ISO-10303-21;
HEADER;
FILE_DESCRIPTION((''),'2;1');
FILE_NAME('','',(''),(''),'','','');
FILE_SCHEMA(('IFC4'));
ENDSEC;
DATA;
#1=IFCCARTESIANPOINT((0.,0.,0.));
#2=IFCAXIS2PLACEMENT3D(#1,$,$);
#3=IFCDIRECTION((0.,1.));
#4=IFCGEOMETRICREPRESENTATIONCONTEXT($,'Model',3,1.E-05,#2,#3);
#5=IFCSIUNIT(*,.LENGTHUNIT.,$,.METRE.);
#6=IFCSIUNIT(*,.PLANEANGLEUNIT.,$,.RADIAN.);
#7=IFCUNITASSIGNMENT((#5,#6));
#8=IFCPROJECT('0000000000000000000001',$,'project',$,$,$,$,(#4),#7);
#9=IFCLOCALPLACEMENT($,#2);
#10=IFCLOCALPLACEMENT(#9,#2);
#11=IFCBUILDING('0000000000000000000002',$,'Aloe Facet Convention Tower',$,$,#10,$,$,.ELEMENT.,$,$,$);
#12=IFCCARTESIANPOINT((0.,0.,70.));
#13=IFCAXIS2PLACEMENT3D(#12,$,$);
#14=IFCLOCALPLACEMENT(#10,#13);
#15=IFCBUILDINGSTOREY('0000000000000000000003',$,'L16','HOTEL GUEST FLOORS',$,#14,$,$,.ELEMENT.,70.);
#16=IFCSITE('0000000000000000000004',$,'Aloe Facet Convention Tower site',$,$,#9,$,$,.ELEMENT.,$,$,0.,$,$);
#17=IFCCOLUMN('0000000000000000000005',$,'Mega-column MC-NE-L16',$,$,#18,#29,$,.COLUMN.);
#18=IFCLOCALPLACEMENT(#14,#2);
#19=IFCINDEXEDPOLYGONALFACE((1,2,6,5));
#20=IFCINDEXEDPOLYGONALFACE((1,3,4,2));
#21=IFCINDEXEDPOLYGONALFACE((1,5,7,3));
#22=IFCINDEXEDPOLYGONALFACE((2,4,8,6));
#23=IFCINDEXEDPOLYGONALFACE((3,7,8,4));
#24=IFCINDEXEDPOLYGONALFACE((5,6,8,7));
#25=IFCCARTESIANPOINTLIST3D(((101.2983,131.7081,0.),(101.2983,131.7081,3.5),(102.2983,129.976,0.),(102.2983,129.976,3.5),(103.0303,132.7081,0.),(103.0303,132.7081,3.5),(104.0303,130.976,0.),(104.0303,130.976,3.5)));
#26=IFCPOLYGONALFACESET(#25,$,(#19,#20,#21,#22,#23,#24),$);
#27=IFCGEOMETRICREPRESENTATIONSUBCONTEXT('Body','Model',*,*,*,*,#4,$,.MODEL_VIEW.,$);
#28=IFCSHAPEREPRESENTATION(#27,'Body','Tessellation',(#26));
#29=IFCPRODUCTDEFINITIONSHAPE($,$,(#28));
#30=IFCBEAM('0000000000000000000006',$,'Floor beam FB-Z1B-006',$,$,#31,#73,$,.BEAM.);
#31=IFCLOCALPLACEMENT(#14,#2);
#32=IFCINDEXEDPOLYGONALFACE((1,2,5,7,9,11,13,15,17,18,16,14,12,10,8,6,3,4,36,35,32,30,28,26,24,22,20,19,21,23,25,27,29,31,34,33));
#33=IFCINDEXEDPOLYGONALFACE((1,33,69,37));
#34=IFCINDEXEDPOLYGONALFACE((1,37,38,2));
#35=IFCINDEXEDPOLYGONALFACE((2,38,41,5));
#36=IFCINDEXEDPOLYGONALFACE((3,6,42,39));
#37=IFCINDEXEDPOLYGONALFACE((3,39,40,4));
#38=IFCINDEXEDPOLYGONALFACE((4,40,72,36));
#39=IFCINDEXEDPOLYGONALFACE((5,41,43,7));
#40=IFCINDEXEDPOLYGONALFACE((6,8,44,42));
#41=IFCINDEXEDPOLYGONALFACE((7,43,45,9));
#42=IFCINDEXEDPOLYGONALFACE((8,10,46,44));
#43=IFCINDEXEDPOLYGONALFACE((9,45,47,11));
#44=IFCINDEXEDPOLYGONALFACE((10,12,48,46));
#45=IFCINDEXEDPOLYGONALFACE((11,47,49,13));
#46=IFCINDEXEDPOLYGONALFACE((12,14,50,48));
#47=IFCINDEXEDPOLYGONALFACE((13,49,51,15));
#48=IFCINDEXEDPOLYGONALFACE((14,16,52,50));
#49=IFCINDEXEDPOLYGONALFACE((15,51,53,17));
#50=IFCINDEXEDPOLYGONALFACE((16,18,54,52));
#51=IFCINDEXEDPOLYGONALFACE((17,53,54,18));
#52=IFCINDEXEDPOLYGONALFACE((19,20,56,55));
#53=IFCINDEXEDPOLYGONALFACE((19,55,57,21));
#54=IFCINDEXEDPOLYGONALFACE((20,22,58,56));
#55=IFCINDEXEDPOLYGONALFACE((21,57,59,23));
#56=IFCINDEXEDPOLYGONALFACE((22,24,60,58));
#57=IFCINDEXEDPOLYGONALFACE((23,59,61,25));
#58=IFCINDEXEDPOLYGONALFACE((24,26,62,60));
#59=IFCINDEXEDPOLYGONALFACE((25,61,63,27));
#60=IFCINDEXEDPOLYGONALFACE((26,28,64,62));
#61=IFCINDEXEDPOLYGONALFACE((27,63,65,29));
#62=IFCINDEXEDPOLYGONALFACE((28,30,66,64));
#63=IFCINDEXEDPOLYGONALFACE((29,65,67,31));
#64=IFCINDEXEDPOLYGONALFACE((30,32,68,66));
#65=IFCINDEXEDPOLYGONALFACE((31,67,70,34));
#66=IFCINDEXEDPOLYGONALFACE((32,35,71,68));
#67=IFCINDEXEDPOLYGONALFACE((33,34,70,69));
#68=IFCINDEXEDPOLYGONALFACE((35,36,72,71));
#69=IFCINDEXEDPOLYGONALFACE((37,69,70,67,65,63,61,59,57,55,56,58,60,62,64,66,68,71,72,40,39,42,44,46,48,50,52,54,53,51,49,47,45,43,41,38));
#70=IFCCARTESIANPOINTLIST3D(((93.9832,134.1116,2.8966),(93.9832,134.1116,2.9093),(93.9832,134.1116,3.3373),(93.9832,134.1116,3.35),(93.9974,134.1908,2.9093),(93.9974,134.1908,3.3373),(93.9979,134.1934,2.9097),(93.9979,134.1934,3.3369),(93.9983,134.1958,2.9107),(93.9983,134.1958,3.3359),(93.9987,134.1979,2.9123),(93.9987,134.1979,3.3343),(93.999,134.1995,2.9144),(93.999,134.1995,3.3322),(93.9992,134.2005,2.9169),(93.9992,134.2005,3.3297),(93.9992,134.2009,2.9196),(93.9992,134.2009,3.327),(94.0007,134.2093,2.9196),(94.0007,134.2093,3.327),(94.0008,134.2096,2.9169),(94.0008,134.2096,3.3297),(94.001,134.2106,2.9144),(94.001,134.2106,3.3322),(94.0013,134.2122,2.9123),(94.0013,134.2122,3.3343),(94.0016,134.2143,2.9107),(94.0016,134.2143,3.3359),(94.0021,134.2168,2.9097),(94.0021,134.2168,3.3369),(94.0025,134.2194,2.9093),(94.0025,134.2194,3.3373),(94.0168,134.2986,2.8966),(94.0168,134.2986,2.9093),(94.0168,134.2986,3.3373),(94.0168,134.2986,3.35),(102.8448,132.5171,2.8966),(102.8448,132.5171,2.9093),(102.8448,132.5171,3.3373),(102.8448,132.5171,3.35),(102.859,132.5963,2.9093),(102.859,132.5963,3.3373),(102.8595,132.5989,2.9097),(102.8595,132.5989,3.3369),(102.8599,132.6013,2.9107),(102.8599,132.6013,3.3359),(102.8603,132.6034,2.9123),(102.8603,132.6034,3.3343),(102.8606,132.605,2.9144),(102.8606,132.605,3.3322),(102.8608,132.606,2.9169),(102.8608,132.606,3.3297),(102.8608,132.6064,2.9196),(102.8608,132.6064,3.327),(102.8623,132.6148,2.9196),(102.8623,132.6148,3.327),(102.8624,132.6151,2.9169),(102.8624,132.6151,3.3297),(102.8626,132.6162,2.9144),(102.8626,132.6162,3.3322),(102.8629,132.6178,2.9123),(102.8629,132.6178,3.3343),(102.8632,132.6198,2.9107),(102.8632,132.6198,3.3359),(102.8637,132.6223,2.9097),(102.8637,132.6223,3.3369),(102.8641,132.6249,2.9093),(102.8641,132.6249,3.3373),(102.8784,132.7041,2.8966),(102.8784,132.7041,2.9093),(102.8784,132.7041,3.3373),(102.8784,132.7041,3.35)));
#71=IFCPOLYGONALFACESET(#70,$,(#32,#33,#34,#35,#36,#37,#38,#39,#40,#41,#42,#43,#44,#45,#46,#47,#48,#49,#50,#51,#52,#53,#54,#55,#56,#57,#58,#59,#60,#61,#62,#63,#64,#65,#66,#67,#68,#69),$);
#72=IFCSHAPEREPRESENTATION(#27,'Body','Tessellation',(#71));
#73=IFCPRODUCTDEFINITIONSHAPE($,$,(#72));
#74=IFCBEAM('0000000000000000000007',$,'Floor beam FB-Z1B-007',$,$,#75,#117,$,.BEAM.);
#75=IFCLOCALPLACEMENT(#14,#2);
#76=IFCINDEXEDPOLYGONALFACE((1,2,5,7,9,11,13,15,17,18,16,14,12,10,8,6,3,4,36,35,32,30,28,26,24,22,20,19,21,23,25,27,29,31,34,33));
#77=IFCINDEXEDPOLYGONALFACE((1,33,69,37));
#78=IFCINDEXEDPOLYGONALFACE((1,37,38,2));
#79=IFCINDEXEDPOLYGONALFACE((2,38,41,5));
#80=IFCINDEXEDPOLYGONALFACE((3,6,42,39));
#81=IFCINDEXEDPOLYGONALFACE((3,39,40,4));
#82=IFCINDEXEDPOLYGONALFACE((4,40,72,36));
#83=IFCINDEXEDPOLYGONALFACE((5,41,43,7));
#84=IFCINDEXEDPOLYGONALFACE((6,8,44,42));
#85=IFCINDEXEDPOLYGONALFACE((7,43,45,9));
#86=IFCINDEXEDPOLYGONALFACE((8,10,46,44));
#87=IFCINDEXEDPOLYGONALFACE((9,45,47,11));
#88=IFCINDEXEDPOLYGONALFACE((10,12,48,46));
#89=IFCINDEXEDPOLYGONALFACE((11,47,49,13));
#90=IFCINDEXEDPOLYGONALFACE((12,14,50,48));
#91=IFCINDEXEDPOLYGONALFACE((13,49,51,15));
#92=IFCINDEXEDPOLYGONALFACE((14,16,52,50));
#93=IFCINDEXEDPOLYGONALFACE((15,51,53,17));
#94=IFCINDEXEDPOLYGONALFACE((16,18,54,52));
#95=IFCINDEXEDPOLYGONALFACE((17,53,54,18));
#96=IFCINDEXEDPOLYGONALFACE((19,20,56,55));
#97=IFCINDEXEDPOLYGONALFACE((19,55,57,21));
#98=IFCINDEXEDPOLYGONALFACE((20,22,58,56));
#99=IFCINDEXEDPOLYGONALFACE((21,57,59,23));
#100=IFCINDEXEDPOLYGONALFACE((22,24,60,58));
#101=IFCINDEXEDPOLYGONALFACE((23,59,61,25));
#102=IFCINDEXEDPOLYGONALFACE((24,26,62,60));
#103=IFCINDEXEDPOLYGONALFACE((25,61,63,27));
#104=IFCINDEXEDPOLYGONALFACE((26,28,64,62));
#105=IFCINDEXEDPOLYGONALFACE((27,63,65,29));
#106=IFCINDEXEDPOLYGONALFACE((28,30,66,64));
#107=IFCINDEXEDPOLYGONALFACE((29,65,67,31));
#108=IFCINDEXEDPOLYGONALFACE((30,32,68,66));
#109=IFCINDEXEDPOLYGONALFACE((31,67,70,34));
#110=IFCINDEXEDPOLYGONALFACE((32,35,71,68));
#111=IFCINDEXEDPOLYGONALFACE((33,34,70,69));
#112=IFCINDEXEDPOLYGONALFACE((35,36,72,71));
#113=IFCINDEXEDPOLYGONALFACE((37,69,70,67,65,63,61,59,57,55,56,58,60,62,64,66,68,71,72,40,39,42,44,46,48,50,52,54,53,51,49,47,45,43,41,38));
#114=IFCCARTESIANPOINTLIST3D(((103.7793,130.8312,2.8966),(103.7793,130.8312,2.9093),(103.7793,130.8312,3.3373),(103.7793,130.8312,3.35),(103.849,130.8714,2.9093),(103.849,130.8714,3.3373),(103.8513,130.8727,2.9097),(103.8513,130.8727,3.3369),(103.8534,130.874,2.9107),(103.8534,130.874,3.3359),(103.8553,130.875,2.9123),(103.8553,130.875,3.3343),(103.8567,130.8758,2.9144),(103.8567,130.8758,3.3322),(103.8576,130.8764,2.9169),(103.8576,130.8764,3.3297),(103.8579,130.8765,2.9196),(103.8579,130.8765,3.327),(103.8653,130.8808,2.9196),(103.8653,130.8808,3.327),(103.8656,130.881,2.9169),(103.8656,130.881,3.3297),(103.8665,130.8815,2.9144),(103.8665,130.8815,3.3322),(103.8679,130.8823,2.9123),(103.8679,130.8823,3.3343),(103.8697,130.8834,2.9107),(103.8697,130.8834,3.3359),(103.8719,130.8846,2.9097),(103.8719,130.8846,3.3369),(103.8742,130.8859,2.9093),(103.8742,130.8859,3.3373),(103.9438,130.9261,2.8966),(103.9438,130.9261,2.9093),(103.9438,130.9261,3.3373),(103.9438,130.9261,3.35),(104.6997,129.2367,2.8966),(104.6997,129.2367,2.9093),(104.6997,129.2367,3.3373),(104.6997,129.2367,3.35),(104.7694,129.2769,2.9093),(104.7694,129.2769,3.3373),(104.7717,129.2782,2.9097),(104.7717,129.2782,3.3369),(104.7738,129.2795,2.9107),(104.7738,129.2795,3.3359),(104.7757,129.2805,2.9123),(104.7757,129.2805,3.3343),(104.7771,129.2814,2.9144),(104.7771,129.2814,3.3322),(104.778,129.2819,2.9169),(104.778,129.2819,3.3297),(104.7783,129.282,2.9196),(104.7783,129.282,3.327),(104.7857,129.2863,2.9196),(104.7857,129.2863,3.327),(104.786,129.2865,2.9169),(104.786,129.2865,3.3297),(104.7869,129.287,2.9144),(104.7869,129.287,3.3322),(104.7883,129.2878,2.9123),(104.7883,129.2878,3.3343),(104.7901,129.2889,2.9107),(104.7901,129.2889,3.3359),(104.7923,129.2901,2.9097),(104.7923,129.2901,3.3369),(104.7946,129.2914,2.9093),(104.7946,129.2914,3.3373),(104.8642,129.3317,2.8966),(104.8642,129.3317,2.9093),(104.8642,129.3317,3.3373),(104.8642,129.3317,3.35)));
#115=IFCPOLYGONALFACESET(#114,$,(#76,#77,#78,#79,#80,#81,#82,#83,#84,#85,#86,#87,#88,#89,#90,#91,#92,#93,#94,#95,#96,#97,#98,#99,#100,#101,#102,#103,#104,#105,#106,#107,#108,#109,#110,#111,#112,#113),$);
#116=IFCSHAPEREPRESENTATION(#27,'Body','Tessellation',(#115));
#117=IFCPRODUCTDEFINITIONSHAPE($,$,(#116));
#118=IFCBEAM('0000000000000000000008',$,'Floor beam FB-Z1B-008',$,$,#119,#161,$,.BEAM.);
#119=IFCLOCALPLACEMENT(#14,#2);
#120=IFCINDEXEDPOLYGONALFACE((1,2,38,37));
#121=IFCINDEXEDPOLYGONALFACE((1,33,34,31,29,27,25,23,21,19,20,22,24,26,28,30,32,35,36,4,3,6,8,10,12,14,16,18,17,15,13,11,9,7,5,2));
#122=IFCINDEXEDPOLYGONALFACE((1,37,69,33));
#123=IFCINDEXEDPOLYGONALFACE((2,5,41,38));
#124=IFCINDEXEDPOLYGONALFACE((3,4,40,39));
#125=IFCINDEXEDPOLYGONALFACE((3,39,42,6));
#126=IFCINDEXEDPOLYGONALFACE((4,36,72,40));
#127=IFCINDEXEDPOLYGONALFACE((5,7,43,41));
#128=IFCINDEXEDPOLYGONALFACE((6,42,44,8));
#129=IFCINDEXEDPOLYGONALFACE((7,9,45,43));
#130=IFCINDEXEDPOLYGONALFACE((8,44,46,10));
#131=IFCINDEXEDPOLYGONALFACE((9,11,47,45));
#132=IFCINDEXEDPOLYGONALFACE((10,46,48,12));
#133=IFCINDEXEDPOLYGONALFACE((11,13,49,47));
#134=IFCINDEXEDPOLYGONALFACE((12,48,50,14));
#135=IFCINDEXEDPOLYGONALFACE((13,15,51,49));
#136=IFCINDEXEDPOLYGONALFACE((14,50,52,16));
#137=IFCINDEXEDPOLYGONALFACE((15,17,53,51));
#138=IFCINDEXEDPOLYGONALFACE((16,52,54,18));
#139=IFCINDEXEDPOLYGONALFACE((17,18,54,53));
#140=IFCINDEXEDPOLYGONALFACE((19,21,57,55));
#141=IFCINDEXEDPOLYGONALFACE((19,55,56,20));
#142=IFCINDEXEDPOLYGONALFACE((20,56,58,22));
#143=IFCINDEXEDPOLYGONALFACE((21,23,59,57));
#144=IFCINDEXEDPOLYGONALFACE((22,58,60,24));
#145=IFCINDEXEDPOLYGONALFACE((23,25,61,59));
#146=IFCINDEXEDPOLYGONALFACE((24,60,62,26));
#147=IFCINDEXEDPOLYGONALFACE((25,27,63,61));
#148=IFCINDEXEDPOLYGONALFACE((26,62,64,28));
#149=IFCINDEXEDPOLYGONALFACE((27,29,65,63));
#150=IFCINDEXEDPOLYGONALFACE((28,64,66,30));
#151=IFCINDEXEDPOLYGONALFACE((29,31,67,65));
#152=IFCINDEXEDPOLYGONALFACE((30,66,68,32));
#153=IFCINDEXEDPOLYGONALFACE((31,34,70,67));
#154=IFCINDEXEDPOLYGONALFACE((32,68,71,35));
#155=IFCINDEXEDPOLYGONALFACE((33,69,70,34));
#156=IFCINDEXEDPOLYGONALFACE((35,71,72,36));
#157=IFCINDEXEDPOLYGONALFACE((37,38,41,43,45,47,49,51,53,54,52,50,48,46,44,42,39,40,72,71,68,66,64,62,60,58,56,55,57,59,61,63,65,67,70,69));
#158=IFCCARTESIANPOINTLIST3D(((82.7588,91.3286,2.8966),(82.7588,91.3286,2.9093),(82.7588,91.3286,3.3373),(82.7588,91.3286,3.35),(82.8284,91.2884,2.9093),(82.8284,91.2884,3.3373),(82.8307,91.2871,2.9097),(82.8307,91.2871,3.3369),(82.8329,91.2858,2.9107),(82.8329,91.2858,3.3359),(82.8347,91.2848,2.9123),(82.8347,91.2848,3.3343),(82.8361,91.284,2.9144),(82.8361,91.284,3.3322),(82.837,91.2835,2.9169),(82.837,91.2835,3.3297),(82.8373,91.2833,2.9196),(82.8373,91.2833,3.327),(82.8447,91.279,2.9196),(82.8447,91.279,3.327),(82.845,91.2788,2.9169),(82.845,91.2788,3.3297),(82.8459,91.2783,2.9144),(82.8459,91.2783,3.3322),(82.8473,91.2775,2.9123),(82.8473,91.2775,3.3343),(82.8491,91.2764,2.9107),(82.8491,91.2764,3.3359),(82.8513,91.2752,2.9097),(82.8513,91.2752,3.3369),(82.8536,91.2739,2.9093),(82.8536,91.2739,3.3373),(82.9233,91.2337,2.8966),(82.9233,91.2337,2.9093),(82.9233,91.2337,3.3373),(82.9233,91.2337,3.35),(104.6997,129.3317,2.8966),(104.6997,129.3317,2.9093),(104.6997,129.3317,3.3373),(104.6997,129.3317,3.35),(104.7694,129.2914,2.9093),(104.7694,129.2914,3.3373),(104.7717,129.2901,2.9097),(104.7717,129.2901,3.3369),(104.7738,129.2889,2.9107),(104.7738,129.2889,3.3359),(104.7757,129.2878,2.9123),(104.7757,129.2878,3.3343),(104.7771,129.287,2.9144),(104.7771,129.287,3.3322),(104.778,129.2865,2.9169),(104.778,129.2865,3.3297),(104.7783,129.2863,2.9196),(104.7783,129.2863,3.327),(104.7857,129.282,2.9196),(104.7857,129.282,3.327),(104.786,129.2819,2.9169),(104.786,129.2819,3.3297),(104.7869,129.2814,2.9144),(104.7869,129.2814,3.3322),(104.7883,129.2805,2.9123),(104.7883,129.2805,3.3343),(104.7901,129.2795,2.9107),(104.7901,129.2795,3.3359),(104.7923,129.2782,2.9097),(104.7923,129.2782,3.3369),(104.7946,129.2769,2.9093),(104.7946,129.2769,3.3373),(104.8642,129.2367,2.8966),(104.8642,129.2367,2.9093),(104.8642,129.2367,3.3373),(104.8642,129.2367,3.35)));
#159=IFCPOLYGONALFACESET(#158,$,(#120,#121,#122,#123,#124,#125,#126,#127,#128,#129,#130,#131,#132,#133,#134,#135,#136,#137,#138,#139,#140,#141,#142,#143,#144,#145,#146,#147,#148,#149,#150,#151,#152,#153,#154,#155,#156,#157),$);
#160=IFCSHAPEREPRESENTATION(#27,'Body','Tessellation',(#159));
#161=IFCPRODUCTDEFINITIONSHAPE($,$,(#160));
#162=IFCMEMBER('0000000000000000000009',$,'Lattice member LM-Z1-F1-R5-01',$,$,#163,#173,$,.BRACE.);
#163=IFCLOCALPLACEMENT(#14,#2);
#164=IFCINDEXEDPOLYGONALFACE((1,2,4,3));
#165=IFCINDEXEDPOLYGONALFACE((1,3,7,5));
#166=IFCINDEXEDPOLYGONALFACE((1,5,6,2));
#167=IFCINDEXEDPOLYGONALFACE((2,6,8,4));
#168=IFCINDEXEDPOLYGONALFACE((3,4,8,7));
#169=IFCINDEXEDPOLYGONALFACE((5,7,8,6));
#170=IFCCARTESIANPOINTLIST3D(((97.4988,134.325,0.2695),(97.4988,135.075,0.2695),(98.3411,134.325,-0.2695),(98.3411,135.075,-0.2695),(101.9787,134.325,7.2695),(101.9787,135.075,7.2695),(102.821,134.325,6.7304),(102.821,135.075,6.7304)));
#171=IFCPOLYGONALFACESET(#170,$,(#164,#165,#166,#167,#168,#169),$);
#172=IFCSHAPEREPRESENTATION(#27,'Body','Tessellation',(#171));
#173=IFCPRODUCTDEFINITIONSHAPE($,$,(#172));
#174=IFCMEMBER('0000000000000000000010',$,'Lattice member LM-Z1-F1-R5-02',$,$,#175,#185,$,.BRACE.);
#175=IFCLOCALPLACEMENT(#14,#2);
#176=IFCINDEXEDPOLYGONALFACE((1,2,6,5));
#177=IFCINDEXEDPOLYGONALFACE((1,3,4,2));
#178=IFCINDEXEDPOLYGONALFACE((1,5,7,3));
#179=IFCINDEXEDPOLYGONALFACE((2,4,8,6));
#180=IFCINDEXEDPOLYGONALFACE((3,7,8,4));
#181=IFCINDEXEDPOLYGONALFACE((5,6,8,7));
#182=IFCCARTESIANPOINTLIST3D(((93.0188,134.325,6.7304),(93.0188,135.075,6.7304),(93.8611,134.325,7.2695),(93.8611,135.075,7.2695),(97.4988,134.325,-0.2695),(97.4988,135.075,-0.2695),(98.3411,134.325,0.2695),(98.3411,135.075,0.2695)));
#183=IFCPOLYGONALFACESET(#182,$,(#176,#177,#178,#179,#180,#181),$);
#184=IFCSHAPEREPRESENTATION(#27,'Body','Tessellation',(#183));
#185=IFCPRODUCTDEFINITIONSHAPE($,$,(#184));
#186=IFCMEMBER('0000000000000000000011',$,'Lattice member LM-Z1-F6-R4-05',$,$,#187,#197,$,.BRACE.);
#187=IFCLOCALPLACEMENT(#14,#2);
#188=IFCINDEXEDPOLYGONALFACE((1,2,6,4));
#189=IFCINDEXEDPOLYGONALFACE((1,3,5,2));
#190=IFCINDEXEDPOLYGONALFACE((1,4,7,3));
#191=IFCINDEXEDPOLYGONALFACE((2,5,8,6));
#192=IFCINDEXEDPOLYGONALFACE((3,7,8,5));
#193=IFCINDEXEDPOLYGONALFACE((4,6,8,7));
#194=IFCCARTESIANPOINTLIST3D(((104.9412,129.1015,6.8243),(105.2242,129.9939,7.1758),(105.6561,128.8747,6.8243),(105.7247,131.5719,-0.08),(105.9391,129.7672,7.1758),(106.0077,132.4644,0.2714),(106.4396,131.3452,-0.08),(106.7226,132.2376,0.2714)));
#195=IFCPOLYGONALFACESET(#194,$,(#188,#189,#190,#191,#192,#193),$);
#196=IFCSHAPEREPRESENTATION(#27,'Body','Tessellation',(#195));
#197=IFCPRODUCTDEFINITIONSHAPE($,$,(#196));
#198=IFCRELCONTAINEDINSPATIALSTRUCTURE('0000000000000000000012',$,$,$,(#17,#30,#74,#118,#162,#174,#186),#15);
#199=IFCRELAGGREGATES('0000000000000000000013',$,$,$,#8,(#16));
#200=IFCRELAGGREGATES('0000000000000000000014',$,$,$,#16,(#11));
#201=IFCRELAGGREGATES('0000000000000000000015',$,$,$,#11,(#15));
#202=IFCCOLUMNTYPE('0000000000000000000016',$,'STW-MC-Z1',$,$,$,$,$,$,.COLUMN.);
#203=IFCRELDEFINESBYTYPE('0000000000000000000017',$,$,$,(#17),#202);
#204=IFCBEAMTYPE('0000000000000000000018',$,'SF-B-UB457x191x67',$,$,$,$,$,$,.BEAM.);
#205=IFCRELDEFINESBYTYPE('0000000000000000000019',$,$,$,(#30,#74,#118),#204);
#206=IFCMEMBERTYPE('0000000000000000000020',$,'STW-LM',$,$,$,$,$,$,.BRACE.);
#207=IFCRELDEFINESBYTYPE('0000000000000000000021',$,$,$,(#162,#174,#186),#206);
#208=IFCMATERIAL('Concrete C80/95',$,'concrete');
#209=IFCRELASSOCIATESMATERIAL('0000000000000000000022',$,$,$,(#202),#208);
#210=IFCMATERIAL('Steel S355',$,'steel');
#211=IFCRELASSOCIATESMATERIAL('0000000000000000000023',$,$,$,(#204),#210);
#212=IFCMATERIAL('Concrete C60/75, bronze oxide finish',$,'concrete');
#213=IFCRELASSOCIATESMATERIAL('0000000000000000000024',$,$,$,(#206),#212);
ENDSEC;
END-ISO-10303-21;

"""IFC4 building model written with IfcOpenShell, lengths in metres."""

from ifc_helpers import new_model, si_unit, direction, frame, origin, origin_2d, place, context, subcontext, project, spatial, rectangle, i_section, extrude, material, material_profile, profile_set, type_object, element, save


model = new_model("IFC4")

# Units and contexts
model_context = context("Model", 3, precision=1e-05, world=origin(), true_north=direction((0.0, 1.0)))
body_context = subcontext(model_context, "Body", "Model", "MODEL_VIEW")
ifc_project = project(units=[si_unit("LENGTHUNIT", "METRE"), si_unit("PLANEANGLEUNIT", "RADIAN")], contexts=[model_context])

# Site, building, storey
site_placement = place(None, origin())
site = spatial("IfcSite", under=ifc_project, at=site_placement, Name="Aloe Facet Convention Tower site", CompositionType="ELEMENT", RefElevation=0.0)
building_placement = place(site_placement, origin())
building = spatial("IfcBuilding", under=site, at=building_placement, Name="Aloe Facet Convention Tower", CompositionType="ELEMENT")
storey_placement = place(building_placement, frame((0.0, 0.0, 70.0)))
storey = spatial("IfcBuildingStorey", under=building, at=storey_placement, Name="L16", Description="HOTEL GUEST FLOORS", CompositionType="ELEMENT", Elevation=70.0)

# Column
ifc_material_1 = material(Name="Concrete C80/95", Category="concrete")
ifc_material_profile_1 = material_profile(ifc_material_1, rectangle(XDim=2.0, YDim=2.0, at=origin_2d()), Name="STW-MC-Z1")
ifc_profile_set_1 = profile_set([ifc_material_profile_1], Name="Concrete C80/95")
column_type = type_object("IfcColumnType", Name="STW-MC-Z1", PredefinedType="COLUMN", material=ifc_profile_set_1)
column_placement = place(storey_placement, frame((102.6643, 131.342, 0.0), z_axis=(0.0, 0.0, 1.0), x_axis=(-0.5, 0.866025, 0.0)))
element("IfcColumn", 1, at=column_placement, inside=storey, type_object=column_type, Name="Mega-column MC-NE-L16", PredefinedType="COLUMN", context=body_context, shape_type="SweptSolid", body=[
    extrude(rectangle(XDim=2.0, YDim=2.0, at=origin_2d()), origin(), (0.0, 0.0, 1.0), 3.5),
])

# Beams
ifc_material_2 = material(Name="Steel S355", Category="steel")
ifc_material_profile_2 = material_profile(ifc_material_2, i_section(OverallWidth=0.1899, OverallDepth=0.4534, WebThickness=0.0085, FlangeThickness=0.0127, FilletRadius=0.0103, at=origin_2d()), Name="UB 457x191x67")
ifc_profile_set_2 = profile_set([ifc_material_profile_2], Name="Steel S355")
beam_type = type_object("IfcBeamType", Name="SF-B-UB457x191x67", PredefinedType="BEAM", material=ifc_profile_set_2)
beam_1_placement = place(storey_placement, frame((102.8616, 132.6106, 3.1233), z_axis=(-0.984195, 0.177088, 0.0), x_axis=(-0.177088, -0.984195, 0.0)))
element("IfcBeam", 2, at=beam_1_placement, inside=storey, type_object=beam_type, Name="Floor beam FB-Z1B-006", PredefinedType="BEAM", context=body_context, shape_type="SweptSolid", body=[
    extrude(i_section(OverallWidth=0.1899, OverallDepth=0.4534, WebThickness=0.0085, FlangeThickness=0.0127, FilletRadius=0.0103, at=origin_2d()), origin(), (0.0, 0.0, 1.0), 9.0039),
])
beam_2_placement = place(storey_placement, frame((103.8616, 130.8787, 3.1233), z_axis=(0.499933, -0.866064, 0.0), x_axis=(0.866064, 0.499933, 0.0)))
element("IfcBeam", 3, at=beam_2_placement, inside=storey, type_object=beam_type, Name="Floor beam FB-Z1B-007", PredefinedType="BEAM", context=body_context, shape_type="SweptSolid", body=[
    extrude(i_section(OverallWidth=0.1899, OverallDepth=0.4534, WebThickness=0.0085, FlangeThickness=0.0127, FilletRadius=0.0103, at=origin_2d()), origin(), (0.0, 0.0, 1.0), 1.8411),
])
beam_3_placement = place(storey_placement, frame((104.782, 129.2842, 3.1233), z_axis=(-0.499999, -0.866026, 0.0), x_axis=(0.866026, -0.499999, 0.0)))
element("IfcBeam", 4, at=beam_3_placement, inside=storey, type_object=beam_type, Name="Floor beam FB-Z1B-008", PredefinedType="BEAM", context=body_context, shape_type="SweptSolid", body=[
    extrude(i_section(OverallWidth=0.1899, OverallDepth=0.4534, WebThickness=0.0085, FlangeThickness=0.0127, FilletRadius=0.0103, at=origin_2d()), origin(), (0.0, 0.0, 1.0), 43.8821),
])

# Members
ifc_material_3 = material(Name="Concrete C60/75, bronze oxide finish", Category="concrete")
ifc_material_profile_3 = material_profile(ifc_material_3, rectangle(XDim=0.75, YDim=1.0, at=origin_2d()), Name="STW-LM")
ifc_profile_set_3 = profile_set([ifc_material_profile_3], Name="Concrete C60/75, bronze oxide finish")
member_type = type_object("IfcMemberType", Name="STW-LM", PredefinedType="BRACE", material=ifc_profile_set_3)
for number, where, z_axis, x_axis, name in (
    (5, (97.9199, 134.7, 0.0), (0.539052, 0.0, 0.842272), (0.0, 1.0, 0.0), "Lattice member LM-Z1-F1-R5-01"),
    (6, (97.9199, 134.7, 0.0), (-0.539052, 0.0, 0.842272), (0.0, -1.0, 0.0), "Lattice member LM-Z1-F1-R5-02"),
):
    element("IfcMember", number, at=place(storey_placement, frame(where, z_axis=z_axis, x_axis=x_axis)), inside=storey, type_object=member_type, Name=name, PredefinedType="BRACE", context=body_context, shape_type="SweptSolid", body=[
        extrude(rectangle(XDim=0.75, YDim=1.0, at=origin_2d()), origin(), (0.0, 0.0, 1.0), 8.3108),
    ])
member_1_placement = place(storey_placement, frame((106.2236, 131.9048, 0.0957), z_axis=(-0.106234, -0.334991, 0.936213), x_axis=(0.953216, -0.30229, 0.0)))
element("IfcMember", 7, at=member_1_placement, inside=storey, type_object=member_type, Name="Lattice member LM-Z1-F6-R4-05", PredefinedType="BRACE", context=body_context, shape_type="SweptSolid", body=[
    extrude(rectangle(XDim=0.75, YDim=1.0, at=origin_2d()), origin(), (0.0, 0.0, 1.0), 7.3748),
])

save(model, "model.ifc")
